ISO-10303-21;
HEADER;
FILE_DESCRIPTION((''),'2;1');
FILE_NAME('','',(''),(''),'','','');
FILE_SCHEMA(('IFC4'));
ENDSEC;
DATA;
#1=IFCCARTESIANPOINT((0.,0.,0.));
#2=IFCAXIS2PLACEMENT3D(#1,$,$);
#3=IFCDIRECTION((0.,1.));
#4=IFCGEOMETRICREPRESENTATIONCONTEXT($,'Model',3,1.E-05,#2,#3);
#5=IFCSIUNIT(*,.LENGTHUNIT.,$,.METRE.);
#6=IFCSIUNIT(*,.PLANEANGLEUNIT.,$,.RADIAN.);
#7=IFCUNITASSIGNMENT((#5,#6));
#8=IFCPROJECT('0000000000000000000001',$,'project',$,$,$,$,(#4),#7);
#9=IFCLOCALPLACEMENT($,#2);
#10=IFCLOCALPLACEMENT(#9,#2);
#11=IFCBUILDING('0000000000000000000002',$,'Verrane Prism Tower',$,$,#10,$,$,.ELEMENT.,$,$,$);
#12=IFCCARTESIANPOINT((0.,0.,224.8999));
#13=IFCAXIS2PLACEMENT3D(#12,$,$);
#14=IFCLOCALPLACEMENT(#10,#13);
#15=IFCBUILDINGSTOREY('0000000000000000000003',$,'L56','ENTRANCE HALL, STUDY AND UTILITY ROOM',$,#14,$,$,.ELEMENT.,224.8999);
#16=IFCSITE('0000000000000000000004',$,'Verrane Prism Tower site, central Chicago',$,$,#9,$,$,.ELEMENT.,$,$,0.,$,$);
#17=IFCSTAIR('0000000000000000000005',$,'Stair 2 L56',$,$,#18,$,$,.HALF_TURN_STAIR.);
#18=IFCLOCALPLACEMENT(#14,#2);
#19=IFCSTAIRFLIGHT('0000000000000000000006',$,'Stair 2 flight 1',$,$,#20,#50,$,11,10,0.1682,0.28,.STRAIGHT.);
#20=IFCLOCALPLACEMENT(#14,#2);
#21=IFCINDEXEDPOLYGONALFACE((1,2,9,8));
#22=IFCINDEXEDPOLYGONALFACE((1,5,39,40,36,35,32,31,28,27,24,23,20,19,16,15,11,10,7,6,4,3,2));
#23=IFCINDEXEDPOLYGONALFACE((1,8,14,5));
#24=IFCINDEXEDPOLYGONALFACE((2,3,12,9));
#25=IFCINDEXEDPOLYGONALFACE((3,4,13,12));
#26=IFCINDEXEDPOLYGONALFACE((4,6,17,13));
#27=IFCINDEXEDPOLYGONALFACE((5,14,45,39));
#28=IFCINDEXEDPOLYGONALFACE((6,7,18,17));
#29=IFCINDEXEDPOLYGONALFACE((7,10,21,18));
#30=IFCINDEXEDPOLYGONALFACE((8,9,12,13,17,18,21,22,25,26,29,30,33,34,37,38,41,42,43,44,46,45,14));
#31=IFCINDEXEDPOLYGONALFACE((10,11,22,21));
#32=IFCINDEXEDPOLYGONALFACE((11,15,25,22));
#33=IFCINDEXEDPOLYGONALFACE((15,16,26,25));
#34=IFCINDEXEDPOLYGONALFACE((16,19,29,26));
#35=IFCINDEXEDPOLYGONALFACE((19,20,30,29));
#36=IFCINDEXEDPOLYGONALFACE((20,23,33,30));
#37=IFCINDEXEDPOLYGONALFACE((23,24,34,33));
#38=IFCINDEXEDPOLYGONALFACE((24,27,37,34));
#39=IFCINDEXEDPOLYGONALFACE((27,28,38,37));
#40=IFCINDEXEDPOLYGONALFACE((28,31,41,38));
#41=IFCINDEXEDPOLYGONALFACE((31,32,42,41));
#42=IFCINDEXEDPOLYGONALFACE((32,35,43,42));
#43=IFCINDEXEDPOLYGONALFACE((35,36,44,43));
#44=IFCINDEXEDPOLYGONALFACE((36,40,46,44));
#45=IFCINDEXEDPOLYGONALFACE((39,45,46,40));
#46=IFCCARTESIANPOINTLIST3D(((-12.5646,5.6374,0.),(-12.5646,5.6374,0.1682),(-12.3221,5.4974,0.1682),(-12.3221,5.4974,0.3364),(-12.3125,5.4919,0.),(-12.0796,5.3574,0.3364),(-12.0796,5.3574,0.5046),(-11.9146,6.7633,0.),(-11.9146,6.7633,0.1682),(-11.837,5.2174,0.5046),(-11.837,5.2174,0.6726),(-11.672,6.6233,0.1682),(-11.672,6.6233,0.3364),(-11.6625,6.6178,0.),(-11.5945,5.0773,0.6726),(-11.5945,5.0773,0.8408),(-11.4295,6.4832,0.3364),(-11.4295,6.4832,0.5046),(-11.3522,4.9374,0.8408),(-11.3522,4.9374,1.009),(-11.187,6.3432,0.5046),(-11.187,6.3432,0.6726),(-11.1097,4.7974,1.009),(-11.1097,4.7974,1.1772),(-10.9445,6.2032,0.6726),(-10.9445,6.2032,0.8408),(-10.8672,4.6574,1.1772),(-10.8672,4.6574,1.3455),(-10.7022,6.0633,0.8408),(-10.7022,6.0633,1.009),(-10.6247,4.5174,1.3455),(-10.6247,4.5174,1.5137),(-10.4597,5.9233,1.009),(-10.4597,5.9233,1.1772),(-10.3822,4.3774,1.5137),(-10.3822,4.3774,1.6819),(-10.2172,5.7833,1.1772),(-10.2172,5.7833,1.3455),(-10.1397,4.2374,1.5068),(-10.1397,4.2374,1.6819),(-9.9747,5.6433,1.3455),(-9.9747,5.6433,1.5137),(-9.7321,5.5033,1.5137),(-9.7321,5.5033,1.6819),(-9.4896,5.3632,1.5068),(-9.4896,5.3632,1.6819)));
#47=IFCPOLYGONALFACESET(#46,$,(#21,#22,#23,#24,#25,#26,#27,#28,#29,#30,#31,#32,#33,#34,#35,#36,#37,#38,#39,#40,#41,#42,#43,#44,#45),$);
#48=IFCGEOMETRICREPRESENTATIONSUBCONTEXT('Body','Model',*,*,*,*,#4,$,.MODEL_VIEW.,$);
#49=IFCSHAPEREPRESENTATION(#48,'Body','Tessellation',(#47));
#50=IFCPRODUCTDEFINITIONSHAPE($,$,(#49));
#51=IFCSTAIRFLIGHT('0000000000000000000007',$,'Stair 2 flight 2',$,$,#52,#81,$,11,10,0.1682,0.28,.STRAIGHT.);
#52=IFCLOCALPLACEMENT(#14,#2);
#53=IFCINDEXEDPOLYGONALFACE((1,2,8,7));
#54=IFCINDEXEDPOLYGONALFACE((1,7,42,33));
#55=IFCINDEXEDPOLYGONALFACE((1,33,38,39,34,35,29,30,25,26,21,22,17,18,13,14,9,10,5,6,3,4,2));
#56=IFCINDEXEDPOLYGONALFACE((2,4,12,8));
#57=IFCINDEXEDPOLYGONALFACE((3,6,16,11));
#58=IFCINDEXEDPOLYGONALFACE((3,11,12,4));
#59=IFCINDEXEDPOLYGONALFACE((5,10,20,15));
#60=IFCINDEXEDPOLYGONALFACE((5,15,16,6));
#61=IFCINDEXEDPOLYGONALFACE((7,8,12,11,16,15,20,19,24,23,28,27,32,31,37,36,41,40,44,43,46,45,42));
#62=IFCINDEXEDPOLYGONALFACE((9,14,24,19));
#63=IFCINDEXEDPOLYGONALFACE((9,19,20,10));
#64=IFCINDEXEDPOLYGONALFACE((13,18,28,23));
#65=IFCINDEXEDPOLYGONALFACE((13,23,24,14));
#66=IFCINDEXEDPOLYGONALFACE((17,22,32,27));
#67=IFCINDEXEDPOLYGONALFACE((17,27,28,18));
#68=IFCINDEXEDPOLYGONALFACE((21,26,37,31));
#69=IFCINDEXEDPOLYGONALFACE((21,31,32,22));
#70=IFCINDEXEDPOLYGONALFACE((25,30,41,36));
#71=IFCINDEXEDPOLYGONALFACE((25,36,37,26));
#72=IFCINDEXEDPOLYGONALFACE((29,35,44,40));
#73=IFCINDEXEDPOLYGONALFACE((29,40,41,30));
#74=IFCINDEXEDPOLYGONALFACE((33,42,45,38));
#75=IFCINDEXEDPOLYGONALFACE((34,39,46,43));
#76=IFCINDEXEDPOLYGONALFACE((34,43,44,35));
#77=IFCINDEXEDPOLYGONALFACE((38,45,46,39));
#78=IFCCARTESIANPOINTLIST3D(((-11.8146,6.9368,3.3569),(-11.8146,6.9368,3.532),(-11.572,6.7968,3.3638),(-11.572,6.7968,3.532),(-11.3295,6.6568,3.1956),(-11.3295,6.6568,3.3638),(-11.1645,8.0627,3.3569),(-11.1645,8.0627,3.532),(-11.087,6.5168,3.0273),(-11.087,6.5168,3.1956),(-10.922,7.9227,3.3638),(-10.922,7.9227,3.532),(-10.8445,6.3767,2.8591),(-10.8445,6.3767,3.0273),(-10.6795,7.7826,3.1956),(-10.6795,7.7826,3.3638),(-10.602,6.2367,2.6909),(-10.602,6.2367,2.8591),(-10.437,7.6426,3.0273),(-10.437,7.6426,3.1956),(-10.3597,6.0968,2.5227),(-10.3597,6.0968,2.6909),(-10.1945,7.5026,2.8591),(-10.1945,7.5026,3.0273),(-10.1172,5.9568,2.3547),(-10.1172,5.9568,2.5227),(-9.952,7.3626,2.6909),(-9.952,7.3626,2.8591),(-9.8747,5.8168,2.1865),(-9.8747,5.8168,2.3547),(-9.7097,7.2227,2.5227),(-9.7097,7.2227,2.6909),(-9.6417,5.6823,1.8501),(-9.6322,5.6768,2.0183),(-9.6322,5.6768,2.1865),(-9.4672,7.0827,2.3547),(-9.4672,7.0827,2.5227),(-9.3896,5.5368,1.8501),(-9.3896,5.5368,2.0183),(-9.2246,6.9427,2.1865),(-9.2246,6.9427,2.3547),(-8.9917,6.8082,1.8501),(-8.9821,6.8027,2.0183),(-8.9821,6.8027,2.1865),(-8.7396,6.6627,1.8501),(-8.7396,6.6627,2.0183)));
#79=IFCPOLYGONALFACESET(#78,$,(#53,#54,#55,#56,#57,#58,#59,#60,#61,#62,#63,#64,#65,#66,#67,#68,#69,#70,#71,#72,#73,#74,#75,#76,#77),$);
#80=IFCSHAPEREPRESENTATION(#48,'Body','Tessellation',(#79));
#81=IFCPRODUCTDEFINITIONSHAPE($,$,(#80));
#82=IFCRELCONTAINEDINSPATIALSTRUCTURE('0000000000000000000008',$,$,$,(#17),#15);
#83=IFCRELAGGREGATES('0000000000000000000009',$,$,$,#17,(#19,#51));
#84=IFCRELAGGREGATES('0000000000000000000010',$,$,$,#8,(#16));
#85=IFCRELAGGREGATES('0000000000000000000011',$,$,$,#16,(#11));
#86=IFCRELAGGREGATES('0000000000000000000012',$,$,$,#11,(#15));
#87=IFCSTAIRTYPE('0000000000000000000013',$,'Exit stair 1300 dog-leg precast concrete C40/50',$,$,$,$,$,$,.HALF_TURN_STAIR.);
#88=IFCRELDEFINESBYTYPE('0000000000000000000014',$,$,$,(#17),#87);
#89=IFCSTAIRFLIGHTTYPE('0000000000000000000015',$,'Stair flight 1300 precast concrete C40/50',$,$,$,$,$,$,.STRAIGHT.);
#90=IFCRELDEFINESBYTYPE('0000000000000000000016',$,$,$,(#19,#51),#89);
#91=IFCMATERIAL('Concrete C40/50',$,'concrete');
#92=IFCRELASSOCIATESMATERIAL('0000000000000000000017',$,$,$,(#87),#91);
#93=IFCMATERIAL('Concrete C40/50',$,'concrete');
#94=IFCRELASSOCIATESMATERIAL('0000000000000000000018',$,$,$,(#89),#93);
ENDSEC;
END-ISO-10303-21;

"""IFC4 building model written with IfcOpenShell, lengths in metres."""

from ifc_helpers import new_model, si_unit, direction, frame, origin, place, context, subcontext, project, spatial, polyline, outline, extrude, material, type_object, element, aggregate, save


model = new_model("IFC4")

# Units and contexts
model_context = context("Model", 3, precision=1e-05, world=origin(), true_north=direction((0.0, 1.0)))
body_context = subcontext(model_context, "Body", "Model", "MODEL_VIEW")
ifc_project = project(units=[si_unit("LENGTHUNIT", "METRE"), si_unit("PLANEANGLEUNIT", "RADIAN")], contexts=[model_context])

# Site, building, storey
site_placement = place(None, origin())
site = spatial("IfcSite", under=ifc_project, at=site_placement, Name="Verrane Prism Tower site, central Chicago", CompositionType="ELEMENT", RefElevation=0.0)
building_placement = place(site_placement, origin())
building = spatial("IfcBuilding", under=site, at=building_placement, Name="Verrane Prism Tower", CompositionType="ELEMENT")
storey_placement = place(building_placement, frame((0.0, 0.0, 224.8999)))
storey = spatial("IfcBuildingStorey", under=building, at=storey_placement, Name="L56", Description="ENTRANCE HALL, STUDY AND UTILITY ROOM", CompositionType="ELEMENT", Elevation=224.8999)

# Stair, stair flights
ifc_material_1 = material(Name="Concrete C40/50", Category="concrete")
stair_type = type_object("IfcStairType", Name="Exit stair 1300 dog-leg precast concrete C40/50", PredefinedType="HALF_TURN_STAIR", material=ifc_material_1)
stair_placement = place(storey_placement, origin())
stair = element("IfcStair", 1, at=stair_placement, inside=storey, type_object=stair_type, Name="Stair 2 L56", PredefinedType="HALF_TURN_STAIR")
ifc_material_2 = material(Name="Concrete C40/50", Category="concrete")
stair_flight_type = type_object("IfcStairFlightType", Name="Stair flight 1300 precast concrete C40/50", PredefinedType="STRAIGHT", material=ifc_material_2)
stair_flight_1_placement = place(storey_placement, frame((-12.2395, 6.2004, 0.0), z_axis=(0.0, 0.0, 1.0), x_axis=(0.866025, -0.5, 0.0)))
stair_flight_1 = element("IfcStairFlight", 2, at=stair_flight_1_placement, type_object=stair_flight_type, Name="Stair 2 flight 1", NumberOfRisers=11, NumberOfTreads=10, PredefinedType="STRAIGHT", RiserHeight=0.1682, TreadLength=0.28, context=body_context, shape_type="SweptSolid", body=[
    extrude(outline(polyline([(0.0, 0.0), (0.0, 0.1682), (0.28, 0.1682), (0.28, 0.3364), (0.5601, 0.3364), (0.5601, 0.5046), (0.8401, 0.5046), (0.8401, 0.6726), (1.1201, 0.6726), (1.1201, 0.8408), (1.3999, 0.8408), (1.3999, 1.009), (1.6799, 1.009), (1.6799, 1.1772), (1.96, 1.1772), (1.96, 1.3455), (2.24, 1.3455), (2.24, 1.5137), (2.52, 1.5137), (2.52, 1.6819), (2.8, 1.6819), (2.8, 1.8501), (2.8, 1.5068), (0.291, 0.0), (0.0, 0.0)])), frame((0.0, 0.6499, 0.0), z_axis=(0.0, -1.0, 0.0), x_axis=(1.0, 0.0, 0.0)), (0.0, 0.0, 1.0), 1.3),
])
stair_flight_2_placement = place(storey_placement, frame((-9.0647, 6.0996, 1.8501), z_axis=(0.0, 0.0, 1.0), x_axis=(-0.866025, 0.5, 0.0)))
stair_flight_2 = element("IfcStairFlight", 3, at=stair_flight_2_placement, type_object=stair_flight_type, Name="Stair 2 flight 2", NumberOfRisers=11, NumberOfTreads=10, PredefinedType="STRAIGHT", RiserHeight=0.1682, TreadLength=0.28, context=body_context, shape_type="SweptSolid", body=[
    extrude(outline(polyline([(0.0, 0.0), (0.0, 0.1682), (0.28, 0.1682), (0.28, 0.3364), (0.5601, 0.3364), (0.5601, 0.5046), (0.8401, 0.5046), (0.8401, 0.6726), (1.1201, 0.6726), (1.1201, 0.8408), (1.3999, 0.8408), (1.3999, 1.009), (1.6799, 1.009), (1.6799, 1.1772), (1.96, 1.1772), (1.96, 1.3455), (2.24, 1.3455), (2.24, 1.5137), (2.52, 1.5137), (2.52, 1.6819), (2.8, 1.6819), (2.8, 1.8501), (2.8, 1.5068), (0.291, 0.0), (0.0, 0.0)])), frame((0.0, 0.6499, 0.0), z_axis=(0.0, -1.0, 0.0), x_axis=(1.0, 0.0, 0.0)), (0.0, 0.0, 1.0), 1.3),
])
aggregate(stair, [stair_flight_1, stair_flight_2])

save(model, "model.ifc")
